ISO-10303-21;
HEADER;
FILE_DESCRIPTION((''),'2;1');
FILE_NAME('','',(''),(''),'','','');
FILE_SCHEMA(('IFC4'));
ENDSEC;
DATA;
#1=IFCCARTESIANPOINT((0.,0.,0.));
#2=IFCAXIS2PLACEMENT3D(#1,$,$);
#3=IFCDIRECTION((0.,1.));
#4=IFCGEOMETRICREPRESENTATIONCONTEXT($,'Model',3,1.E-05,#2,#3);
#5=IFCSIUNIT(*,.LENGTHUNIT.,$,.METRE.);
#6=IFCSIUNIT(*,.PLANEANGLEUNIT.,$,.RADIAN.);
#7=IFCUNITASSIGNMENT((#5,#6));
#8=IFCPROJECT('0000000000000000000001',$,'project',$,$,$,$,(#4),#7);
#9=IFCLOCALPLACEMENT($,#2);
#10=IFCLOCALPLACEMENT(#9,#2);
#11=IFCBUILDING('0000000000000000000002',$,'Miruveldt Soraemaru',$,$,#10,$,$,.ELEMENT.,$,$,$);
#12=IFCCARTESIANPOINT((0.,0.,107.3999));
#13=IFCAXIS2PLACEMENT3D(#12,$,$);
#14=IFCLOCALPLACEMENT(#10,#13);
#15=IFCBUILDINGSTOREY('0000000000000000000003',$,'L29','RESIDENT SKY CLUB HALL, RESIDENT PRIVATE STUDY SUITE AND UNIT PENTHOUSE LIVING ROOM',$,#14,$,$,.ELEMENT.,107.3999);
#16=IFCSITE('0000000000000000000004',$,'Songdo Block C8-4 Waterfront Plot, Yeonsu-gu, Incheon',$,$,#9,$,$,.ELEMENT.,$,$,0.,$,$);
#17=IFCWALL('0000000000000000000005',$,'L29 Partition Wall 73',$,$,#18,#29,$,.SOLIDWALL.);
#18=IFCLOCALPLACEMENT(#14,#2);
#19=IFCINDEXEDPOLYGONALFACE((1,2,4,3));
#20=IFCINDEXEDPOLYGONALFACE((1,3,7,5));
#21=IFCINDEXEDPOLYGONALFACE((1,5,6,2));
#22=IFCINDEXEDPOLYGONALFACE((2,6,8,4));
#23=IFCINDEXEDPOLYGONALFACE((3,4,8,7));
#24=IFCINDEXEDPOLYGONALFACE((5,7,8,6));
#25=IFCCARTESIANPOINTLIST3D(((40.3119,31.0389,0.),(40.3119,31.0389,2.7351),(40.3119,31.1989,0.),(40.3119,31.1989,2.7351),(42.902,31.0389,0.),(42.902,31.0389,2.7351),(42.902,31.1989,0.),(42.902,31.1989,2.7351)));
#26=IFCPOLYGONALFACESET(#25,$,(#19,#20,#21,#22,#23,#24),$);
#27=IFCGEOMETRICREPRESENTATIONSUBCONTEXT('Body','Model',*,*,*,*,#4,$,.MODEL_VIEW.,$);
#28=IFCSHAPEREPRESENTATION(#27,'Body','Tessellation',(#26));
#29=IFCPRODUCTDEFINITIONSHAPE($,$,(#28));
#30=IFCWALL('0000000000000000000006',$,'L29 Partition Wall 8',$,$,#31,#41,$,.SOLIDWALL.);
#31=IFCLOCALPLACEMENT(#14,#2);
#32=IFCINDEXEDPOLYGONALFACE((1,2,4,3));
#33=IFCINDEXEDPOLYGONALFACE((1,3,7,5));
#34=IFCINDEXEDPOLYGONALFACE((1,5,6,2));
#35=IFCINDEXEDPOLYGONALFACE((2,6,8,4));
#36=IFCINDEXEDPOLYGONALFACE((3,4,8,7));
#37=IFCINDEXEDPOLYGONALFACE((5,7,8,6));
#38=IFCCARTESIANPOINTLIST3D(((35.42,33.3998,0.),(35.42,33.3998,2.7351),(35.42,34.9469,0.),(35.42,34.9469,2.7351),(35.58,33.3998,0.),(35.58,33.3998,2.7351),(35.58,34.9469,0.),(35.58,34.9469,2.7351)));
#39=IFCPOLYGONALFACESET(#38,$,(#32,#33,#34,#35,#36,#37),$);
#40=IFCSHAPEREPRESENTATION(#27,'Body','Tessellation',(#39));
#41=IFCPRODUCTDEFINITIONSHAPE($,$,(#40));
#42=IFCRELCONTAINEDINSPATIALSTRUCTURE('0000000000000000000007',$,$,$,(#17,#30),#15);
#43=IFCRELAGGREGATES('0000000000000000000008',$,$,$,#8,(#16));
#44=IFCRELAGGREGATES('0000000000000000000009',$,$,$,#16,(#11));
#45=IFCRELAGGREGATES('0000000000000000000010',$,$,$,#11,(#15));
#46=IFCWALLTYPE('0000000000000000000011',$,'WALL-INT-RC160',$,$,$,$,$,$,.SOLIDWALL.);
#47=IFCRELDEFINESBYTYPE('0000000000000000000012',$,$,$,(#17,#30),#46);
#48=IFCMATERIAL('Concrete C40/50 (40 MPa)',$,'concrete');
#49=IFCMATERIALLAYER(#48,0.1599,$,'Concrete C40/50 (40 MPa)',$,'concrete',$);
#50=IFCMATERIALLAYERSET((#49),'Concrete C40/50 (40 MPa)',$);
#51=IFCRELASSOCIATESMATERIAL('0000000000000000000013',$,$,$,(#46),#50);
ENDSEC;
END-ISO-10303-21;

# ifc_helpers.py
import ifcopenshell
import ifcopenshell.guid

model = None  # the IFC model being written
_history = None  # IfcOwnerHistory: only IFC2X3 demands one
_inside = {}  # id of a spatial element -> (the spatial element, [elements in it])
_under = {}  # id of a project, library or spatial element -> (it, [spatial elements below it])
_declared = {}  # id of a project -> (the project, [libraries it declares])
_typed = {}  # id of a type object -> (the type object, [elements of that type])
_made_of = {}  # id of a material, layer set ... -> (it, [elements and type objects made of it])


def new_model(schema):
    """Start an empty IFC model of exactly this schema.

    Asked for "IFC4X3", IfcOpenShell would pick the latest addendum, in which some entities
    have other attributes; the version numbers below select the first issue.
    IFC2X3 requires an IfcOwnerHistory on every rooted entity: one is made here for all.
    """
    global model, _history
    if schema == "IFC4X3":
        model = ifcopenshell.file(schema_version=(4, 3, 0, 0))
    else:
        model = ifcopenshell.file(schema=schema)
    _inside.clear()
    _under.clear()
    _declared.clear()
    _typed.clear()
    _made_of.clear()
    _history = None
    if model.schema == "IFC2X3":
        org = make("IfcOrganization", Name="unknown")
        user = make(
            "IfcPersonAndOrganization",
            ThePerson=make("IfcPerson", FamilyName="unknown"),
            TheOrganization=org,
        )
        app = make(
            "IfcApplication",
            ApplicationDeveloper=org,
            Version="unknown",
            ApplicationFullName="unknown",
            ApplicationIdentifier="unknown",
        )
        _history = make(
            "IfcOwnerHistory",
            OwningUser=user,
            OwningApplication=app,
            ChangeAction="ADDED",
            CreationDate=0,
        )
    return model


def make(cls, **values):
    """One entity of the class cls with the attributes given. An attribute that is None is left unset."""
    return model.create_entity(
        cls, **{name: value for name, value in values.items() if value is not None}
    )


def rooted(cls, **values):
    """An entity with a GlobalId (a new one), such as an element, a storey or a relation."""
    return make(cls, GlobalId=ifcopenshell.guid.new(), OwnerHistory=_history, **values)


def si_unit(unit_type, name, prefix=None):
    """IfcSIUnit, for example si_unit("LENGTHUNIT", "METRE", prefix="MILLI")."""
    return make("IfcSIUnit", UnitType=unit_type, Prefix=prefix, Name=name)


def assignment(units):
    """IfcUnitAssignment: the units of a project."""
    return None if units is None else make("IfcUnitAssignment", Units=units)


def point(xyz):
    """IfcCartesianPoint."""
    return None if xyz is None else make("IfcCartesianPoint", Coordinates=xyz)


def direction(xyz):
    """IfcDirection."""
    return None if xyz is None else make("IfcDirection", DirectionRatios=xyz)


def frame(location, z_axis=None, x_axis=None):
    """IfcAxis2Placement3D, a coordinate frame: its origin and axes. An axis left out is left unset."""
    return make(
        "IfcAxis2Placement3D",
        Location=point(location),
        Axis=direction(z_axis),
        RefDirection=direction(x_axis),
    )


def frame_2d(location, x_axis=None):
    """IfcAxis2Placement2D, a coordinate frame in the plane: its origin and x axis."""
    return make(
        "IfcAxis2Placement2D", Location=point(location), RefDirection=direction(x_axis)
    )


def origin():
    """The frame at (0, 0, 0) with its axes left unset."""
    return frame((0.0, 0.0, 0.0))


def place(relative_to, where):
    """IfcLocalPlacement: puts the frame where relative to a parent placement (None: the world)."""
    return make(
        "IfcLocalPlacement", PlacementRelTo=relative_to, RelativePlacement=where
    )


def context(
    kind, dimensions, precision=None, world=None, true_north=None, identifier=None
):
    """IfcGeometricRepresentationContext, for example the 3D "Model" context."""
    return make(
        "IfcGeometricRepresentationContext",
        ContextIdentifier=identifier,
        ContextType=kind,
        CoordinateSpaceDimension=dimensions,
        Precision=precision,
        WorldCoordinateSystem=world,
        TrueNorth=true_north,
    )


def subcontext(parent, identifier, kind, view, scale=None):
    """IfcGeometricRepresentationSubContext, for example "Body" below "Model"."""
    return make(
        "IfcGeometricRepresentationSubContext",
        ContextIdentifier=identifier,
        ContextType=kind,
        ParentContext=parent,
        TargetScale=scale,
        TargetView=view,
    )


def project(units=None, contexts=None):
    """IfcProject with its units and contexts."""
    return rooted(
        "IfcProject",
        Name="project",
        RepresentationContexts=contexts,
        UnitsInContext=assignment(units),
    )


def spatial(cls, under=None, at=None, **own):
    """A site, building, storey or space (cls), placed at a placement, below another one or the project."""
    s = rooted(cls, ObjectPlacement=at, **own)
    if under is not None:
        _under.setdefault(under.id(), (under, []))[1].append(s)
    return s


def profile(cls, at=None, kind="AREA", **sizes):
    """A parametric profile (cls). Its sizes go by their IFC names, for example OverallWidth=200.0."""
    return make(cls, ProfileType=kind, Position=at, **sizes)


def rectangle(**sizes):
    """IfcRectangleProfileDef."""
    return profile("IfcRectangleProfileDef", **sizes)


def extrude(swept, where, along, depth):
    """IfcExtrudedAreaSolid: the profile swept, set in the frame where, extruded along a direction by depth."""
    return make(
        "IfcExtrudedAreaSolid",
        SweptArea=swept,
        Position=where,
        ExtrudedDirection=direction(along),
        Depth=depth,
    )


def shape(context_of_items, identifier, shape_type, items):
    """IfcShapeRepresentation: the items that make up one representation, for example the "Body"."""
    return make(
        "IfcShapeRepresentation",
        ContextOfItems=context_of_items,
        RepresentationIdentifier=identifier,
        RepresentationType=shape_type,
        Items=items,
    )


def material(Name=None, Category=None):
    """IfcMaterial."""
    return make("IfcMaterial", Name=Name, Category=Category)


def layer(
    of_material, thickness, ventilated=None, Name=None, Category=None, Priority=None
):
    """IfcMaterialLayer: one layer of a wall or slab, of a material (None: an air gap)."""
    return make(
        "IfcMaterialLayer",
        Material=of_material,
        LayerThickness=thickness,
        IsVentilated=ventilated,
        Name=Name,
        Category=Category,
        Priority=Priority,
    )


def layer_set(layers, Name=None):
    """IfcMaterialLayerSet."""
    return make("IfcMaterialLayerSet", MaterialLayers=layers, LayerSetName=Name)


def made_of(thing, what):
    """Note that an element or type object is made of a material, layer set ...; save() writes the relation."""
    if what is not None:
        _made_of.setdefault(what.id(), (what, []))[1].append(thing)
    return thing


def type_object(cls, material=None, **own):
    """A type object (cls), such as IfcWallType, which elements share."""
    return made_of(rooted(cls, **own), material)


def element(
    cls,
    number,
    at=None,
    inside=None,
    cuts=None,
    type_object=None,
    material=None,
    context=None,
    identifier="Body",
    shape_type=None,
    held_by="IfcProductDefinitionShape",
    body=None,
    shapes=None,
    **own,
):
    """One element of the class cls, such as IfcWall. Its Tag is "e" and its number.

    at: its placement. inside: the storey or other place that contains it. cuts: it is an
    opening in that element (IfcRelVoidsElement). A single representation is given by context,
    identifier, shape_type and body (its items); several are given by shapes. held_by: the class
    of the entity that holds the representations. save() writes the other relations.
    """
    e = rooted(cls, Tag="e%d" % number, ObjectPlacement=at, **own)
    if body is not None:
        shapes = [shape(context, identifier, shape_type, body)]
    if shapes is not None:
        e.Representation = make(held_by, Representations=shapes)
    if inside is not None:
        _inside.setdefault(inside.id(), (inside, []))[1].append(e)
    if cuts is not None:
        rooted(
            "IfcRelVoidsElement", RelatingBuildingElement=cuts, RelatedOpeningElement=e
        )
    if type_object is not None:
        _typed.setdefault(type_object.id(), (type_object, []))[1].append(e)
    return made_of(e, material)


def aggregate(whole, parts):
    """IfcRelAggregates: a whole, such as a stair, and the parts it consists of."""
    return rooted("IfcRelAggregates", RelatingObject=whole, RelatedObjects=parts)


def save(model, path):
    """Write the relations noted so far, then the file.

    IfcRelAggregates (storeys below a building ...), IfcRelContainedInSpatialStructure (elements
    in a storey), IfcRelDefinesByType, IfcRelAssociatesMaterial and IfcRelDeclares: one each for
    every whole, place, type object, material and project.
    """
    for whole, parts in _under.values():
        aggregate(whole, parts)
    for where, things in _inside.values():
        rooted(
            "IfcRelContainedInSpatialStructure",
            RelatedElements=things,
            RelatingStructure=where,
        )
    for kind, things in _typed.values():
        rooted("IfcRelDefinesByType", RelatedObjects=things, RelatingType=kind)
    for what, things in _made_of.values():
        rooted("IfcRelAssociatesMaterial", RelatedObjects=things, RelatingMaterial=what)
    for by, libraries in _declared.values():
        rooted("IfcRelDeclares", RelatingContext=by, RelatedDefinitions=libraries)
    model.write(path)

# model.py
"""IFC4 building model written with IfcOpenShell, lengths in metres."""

from ifc_helpers import new_model, si_unit, direction, frame, frame_2d, origin, place, context, subcontext, project, spatial, rectangle, extrude, material, layer, layer_set, type_object, element, save


model = new_model("IFC4")

# Units and contexts
model_context = context("Model", 3, precision=1e-05, world=origin(), true_north=direction((0.0, 1.0)))
body_context = subcontext(model_context, "Body", "Model", "MODEL_VIEW")
ifc_project = project(units=[si_unit("LENGTHUNIT", "METRE"), si_unit("PLANEANGLEUNIT", "RADIAN")], contexts=[model_context])

# Site, building, storey
site_placement = place(None, origin())
site = spatial("IfcSite", under=ifc_project, at=site_placement, Name="Songdo Block C8-4 Waterfront Plot, Yeonsu-gu, Incheon", CompositionType="ELEMENT", RefElevation=0.0)
building_placement = place(site_placement, origin())
building = spatial("IfcBuilding", under=site, at=building_placement, Name="Miruveldt Soraemaru", CompositionType="ELEMENT")
storey_placement = place(building_placement, frame((0.0, 0.0, 107.3999)))
storey = spatial("IfcBuildingStorey", under=building, at=storey_placement, Name="L29", Description="RESIDENT SKY CLUB HALL, RESIDENT PRIVATE STUDY SUITE AND UNIT PENTHOUSE LIVING ROOM", CompositionType="ELEMENT", Elevation=107.3999)

# Shared definitions
ifc_material_1 = material(Name="Concrete C40/50 (40 MPa)", Category="concrete")
ifc_layer_1 = layer(ifc_material_1, 0.1599, Name="Concrete C40/50 (40 MPa)", Category="concrete")
ifc_layer_set_1 = layer_set([ifc_layer_1], Name="Concrete C40/50 (40 MPa)")
wall_type_1 = type_object("IfcWallType", Name="WALL-INT-RC160", PredefinedType="SOLIDWALL", material=ifc_layer_set_1)

# Walls
wall_1_placement = place(storey_placement, frame((40.312, 31.1189, 0.0), z_axis=(0.0, 0.0, 1.0), x_axis=(1.0, 0.0, 0.0)))
element("IfcWall", 1, at=wall_1_placement, inside=storey, type_object=wall_type_1, Name="L29 Partition Wall 73", PredefinedType="SOLIDWALL", context=body_context, shape_type="SweptSolid", body=[
    extrude(rectangle(XDim=2.5901, YDim=0.1599, at=frame_2d((1.2949, 0.0))), origin(), (0.0, 0.0, 1.0), 2.7351),
])
wall_2_placement = place(storey_placement, frame((35.5, 33.3999, 0.0), z_axis=(0.0, 0.0, 1.0), x_axis=(0.0, 1.0, 0.0)))
element("IfcWall", 2, at=wall_2_placement, inside=storey, type_object=wall_type_1, Name="L29 Partition Wall 8", PredefinedType="SOLIDWALL", context=body_context, shape_type="SweptSolid", body=[
    extrude(rectangle(XDim=1.5471, YDim=0.1599, at=frame_2d((0.7734, 0.0))), origin(), (0.0, 0.0, 1.0), 2.7351),
])

save(model, "model.ifc")
